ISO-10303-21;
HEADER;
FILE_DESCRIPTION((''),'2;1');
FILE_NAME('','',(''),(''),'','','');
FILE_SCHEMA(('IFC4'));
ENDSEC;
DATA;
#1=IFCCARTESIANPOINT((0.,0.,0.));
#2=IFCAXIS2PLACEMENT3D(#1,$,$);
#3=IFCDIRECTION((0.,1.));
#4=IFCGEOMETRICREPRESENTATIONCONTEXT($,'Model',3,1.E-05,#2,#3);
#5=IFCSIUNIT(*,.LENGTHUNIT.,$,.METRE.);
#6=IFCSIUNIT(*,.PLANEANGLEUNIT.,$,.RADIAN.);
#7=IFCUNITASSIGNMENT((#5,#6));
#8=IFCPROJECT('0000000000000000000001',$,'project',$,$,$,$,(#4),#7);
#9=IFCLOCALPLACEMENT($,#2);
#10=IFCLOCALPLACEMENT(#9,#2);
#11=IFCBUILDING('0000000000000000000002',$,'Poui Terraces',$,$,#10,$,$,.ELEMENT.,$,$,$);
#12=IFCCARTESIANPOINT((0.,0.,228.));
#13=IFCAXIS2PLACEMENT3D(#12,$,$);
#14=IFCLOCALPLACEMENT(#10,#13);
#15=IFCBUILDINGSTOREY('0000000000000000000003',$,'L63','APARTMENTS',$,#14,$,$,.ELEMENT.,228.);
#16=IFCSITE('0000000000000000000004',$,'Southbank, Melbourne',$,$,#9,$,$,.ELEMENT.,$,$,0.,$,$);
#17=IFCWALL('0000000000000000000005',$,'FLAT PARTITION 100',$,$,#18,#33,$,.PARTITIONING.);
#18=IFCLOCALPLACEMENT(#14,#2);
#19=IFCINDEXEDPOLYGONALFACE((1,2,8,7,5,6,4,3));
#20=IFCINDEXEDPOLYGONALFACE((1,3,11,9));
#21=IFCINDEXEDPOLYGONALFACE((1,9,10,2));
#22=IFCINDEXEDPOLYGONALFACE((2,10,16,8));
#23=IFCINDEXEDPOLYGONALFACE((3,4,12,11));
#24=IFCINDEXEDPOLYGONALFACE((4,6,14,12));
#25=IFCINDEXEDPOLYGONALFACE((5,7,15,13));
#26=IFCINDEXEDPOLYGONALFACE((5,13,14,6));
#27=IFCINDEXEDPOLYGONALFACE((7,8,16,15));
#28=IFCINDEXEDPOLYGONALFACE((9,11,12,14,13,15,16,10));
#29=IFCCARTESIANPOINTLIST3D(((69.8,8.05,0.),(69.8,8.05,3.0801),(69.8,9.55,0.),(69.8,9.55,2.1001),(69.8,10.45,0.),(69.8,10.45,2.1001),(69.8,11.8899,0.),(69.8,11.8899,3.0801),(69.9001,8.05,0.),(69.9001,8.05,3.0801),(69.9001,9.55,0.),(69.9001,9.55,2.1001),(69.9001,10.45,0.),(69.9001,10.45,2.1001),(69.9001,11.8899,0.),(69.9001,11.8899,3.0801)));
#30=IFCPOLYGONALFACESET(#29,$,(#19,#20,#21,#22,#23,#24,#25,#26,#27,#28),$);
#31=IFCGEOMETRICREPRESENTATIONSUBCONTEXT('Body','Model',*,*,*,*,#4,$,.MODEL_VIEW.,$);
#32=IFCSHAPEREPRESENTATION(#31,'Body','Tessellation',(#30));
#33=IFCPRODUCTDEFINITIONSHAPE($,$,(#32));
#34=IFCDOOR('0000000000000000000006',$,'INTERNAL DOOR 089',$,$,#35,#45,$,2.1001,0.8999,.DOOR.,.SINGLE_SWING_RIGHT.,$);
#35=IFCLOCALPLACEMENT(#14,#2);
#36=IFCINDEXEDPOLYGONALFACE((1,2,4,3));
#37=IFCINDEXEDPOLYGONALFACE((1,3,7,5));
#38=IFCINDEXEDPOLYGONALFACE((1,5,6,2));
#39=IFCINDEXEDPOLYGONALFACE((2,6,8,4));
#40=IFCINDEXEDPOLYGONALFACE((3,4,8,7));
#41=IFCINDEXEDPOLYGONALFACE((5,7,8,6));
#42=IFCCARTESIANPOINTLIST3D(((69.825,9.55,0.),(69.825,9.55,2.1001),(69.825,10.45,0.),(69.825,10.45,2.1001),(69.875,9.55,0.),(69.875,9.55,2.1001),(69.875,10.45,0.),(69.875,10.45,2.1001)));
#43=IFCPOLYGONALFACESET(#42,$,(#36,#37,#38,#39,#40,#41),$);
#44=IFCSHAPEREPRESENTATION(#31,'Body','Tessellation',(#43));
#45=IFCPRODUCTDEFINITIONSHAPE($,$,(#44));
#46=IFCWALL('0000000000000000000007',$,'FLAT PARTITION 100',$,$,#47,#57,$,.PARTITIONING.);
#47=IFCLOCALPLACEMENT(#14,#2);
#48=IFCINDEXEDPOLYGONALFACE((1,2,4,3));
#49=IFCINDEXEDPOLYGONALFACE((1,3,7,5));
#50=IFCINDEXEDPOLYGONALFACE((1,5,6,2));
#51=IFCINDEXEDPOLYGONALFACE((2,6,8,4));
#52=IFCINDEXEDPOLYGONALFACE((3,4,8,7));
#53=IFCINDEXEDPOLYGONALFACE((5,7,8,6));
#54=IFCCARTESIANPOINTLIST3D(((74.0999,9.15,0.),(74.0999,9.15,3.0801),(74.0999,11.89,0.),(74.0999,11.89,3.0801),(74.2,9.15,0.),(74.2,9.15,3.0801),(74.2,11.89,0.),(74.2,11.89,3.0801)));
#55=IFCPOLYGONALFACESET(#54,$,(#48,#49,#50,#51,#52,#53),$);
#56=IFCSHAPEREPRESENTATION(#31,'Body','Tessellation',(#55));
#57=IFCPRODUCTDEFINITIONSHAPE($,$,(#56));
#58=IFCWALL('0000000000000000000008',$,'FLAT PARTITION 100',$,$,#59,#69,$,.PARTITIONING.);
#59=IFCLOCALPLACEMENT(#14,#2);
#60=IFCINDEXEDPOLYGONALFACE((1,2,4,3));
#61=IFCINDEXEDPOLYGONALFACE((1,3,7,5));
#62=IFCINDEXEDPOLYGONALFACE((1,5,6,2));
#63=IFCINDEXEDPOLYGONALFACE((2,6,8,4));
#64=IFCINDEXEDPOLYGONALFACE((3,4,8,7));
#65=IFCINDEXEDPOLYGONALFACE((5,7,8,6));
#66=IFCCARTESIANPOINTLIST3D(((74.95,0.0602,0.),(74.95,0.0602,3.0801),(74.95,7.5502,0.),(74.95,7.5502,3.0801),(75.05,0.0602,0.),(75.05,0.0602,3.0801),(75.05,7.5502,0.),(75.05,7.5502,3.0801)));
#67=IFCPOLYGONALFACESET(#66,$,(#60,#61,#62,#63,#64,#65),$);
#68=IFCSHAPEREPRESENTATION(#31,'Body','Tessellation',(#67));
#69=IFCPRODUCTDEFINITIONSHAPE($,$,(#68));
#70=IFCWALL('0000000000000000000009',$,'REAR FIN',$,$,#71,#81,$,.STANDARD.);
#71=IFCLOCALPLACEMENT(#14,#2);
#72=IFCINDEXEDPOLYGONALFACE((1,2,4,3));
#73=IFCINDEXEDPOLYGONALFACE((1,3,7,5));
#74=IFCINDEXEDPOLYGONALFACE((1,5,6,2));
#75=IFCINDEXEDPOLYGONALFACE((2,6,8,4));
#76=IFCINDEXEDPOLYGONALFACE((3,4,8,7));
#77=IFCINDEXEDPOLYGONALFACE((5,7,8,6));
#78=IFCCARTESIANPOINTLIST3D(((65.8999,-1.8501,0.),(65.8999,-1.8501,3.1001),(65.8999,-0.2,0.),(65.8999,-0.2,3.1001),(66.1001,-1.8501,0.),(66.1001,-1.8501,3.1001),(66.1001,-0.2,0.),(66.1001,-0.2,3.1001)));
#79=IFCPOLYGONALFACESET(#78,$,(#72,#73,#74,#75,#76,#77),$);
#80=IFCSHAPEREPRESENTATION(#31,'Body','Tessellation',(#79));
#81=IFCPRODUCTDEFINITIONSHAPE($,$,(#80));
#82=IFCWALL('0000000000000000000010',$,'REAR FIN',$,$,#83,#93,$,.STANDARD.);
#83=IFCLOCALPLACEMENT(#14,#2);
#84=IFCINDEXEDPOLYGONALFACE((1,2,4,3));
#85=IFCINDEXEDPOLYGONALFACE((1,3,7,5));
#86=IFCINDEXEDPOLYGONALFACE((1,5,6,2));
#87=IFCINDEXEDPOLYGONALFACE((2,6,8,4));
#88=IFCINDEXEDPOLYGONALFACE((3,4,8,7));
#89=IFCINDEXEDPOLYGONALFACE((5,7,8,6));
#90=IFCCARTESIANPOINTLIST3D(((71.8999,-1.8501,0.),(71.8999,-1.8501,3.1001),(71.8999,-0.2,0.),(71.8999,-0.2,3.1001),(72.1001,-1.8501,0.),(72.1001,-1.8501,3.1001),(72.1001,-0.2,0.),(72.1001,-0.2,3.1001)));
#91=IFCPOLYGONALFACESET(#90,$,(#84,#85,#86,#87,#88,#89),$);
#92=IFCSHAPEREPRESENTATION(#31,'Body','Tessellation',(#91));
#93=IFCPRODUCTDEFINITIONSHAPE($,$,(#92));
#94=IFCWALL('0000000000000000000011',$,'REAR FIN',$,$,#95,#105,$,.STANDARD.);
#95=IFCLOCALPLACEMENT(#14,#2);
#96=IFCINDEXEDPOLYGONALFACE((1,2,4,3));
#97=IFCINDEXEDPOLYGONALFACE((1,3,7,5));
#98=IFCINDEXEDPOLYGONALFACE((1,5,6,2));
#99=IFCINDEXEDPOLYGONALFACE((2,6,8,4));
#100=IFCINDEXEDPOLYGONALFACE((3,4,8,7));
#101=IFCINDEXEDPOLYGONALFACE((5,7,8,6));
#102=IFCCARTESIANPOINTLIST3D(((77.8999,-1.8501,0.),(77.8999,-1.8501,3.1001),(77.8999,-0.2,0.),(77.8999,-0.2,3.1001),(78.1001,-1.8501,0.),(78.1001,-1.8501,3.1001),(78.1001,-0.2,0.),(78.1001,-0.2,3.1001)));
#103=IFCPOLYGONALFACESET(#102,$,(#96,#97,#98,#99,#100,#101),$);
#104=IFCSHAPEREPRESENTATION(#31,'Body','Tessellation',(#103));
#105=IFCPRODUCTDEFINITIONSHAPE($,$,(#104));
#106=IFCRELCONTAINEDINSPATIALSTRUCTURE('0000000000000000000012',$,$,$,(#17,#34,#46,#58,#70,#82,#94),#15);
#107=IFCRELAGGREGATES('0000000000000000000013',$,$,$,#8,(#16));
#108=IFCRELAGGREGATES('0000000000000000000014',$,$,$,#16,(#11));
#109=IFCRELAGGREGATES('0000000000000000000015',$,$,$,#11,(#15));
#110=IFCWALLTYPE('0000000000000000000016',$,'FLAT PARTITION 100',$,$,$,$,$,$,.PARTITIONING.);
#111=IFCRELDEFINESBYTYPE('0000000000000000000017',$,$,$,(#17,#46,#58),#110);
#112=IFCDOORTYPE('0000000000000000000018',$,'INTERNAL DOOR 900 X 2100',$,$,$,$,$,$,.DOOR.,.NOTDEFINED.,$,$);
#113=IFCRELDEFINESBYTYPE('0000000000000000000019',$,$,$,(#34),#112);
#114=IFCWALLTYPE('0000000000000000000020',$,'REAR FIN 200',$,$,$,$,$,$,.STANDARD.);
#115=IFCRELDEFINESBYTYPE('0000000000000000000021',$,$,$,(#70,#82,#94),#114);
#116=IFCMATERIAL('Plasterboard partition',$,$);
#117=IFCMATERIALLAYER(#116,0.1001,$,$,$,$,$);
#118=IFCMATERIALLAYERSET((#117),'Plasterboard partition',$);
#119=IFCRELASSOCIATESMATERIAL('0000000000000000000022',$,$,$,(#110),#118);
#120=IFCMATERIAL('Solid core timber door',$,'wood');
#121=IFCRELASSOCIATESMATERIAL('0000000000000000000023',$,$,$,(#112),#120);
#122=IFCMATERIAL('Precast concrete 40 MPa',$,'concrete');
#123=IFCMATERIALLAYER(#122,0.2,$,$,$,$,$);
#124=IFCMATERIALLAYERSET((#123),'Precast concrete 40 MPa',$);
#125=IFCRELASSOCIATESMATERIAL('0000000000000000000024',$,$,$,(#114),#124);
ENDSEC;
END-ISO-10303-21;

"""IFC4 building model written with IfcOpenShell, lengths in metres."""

from ifc_helpers import new_model, si_unit, direction, frame, frame_2d, origin, place, context, subcontext, project, spatial, polyline, rectangle, outline, extrude, source, transform, mapped, material, layer, layer_set, type_object, element, fill, save


model = new_model("IFC4")

# Units and contexts
model_context = context("Model", 3, precision=1e-05, world=origin(), true_north=direction((0.0, 1.0)))
body_context = subcontext(model_context, "Body", "Model", "MODEL_VIEW")
ifc_project = project(units=[si_unit("LENGTHUNIT", "METRE"), si_unit("PLANEANGLEUNIT", "RADIAN")], contexts=[model_context])

# Site, building, storey
site_placement = place(None, origin())
site = spatial("IfcSite", under=ifc_project, at=site_placement, Name="Southbank, Melbourne", CompositionType="ELEMENT", RefElevation=0.0)
building_placement = place(site_placement, origin())
building = spatial("IfcBuilding", under=site, at=building_placement, Name="Poui Terraces", CompositionType="ELEMENT")
storey_placement = place(building_placement, frame((0.0, 0.0, 228.0)))
storey = spatial("IfcBuildingStorey", under=building, at=storey_placement, Name="L63", Description="APARTMENTS", CompositionType="ELEMENT", Elevation=228.0)

# Shared definitions
ifc_material_1 = material(Name="Precast concrete 40 MPa", Category="concrete")

# Shared definitions
ifc_material_2 = material(Name="Plasterboard partition")
ifc_layer_1 = layer(ifc_material_2, 0.1001)
ifc_layer_set_1 = layer_set([ifc_layer_1], Name="Plasterboard partition")
wall_type_1 = type_object("IfcWallType", Name="FLAT PARTITION 100", PredefinedType="PARTITIONING", material=ifc_layer_set_1)
ifc_material_3 = material(Name="Solid core timber door", Category="wood")
door_type_1 = type_object("IfcDoorType", Name="INTERNAL DOOR 900 X 2100", OperationType="NOTDEFINED", PredefinedType="DOOR", material=ifc_material_3)

# Wall, opening, door
wall_1_placement = place(storey_placement, frame((69.8501, 8.05, 0.0), z_axis=(0.0, 0.0, 1.0), x_axis=(0.0, 1.0, 0.0)))
wall_1 = element("IfcWall", 1, at=wall_1_placement, inside=storey, type_object=wall_type_1, Name="FLAT PARTITION 100", PredefinedType="PARTITIONING", context=body_context, shape_type="SweptSolid", body=[
    extrude(rectangle(XDim=3.8398, YDim=0.1001, at=frame_2d((1.9199, 0.0))), origin(), (0.0, 0.0, 1.0), 3.0801),
])
opening_1_placement = place(wall_1_placement, frame((1.5, 0.0, 0.0)))
opening_1 = element("IfcOpeningElement", 2, at=opening_1_placement, cuts=wall_1, PredefinedType="OPENING", context=body_context, shape_type="SweptSolid", body=[
    extrude(rectangle(XDim=0.8999, YDim=2.1001, at=frame_2d((0.45, 1.05))), frame((0.0, 0.0601, 0.0), z_axis=(0.0, -1.0, 0.0), x_axis=(1.0, 0.0, 0.0)), (0.0, 0.0, 1.0), 0.1201),
])
door_1_placement = place(opening_1_placement, frame((0.8999, 0.0, 0.0), z_axis=(0.0, 0.0, 1.0), x_axis=(-1.0, 0.0, 0.0)))
door_1 = element("IfcDoor", 3, at=door_1_placement, inside=storey, type_object=door_type_1, Name="INTERNAL DOOR 089", OperationType="SINGLE_SWING_RIGHT", OverallHeight=2.1001, OverallWidth=0.8999, PredefinedType="DOOR", context=body_context, shape_type="SweptSolid", body=[
    extrude(rectangle(XDim=0.8999, YDim=2.1001, at=frame_2d((0.45, 1.05))), frame((0.0, 0.0249, 0.0), z_axis=(0.0, -1.0, 0.0), x_axis=(1.0, 0.0, 0.0)), (0.0, 0.0, 1.0), 0.05),
])
fill(opening_1, door_1)

# Walls
wall_2_placement = place(storey_placement, frame((74.1499, 9.1499, 0.0), z_axis=(0.0, 0.0, 1.0), x_axis=(0.0, 1.0, 0.0)))
element("IfcWall", 4, at=wall_2_placement, inside=storey, type_object=wall_type_1, Name="FLAT PARTITION 100", PredefinedType="PARTITIONING", context=body_context, shape_type="SweptSolid", body=[
    extrude(rectangle(XDim=2.74, YDim=0.1001, at=frame_2d((1.3701, 0.0))), origin(), (0.0, 0.0, 1.0), 3.0801),
])
wall_3_placement = place(storey_placement, frame((75.0, 0.0601, 0.0), z_axis=(0.0, 0.0, 1.0), x_axis=(0.0, 1.0, 0.0)))
element("IfcWall", 5, at=wall_3_placement, inside=storey, type_object=wall_type_1, Name="FLAT PARTITION 100", PredefinedType="PARTITIONING", context=body_context, shape_type="SweptSolid", body=[
    extrude(rectangle(XDim=7.49, YDim=0.1001, at=frame_2d((3.7451, 0.0))), origin(), (0.0, 0.0, 1.0), 3.0801),
])
ifc_layer_2 = layer(ifc_material_1, 0.2)
ifc_layer_set_2 = layer_set([ifc_layer_2], Name="Precast concrete 40 MPa")
wall_type_2 = type_object("IfcWallType", Name="REAR FIN 200", PredefinedType="STANDARD", material=ifc_layer_set_2)
shared_shape_1 = source(origin(), body_context, "Body", "SweptSolid", [
    extrude(outline(polyline([(0.0, 0.0), (0.2002, 0.0), (0.2002, 1.6501), (0.0, 1.6501), (0.0, 0.0)])), origin(), (0.0, 0.0, 1.0), 3.1001),
])
for number, where, name in (
    (6, (65.8999, -1.8501, 0.0), "REAR FIN"),
    (7, (71.8999, -1.8501, 0.0), "REAR FIN"),
    (8, (77.8999, -1.8501, 0.0), "REAR FIN"),
):
    element("IfcWall", number, at=place(storey_placement, frame(where)), inside=storey, type_object=wall_type_2, Name=name, PredefinedType="STANDARD", context=body_context, shape_type="MappedRepresentation", body=[
        mapped(shared_shape_1, transform((0.0, 0.0, 0.0))),
    ])

save(model, "model.ifc")
